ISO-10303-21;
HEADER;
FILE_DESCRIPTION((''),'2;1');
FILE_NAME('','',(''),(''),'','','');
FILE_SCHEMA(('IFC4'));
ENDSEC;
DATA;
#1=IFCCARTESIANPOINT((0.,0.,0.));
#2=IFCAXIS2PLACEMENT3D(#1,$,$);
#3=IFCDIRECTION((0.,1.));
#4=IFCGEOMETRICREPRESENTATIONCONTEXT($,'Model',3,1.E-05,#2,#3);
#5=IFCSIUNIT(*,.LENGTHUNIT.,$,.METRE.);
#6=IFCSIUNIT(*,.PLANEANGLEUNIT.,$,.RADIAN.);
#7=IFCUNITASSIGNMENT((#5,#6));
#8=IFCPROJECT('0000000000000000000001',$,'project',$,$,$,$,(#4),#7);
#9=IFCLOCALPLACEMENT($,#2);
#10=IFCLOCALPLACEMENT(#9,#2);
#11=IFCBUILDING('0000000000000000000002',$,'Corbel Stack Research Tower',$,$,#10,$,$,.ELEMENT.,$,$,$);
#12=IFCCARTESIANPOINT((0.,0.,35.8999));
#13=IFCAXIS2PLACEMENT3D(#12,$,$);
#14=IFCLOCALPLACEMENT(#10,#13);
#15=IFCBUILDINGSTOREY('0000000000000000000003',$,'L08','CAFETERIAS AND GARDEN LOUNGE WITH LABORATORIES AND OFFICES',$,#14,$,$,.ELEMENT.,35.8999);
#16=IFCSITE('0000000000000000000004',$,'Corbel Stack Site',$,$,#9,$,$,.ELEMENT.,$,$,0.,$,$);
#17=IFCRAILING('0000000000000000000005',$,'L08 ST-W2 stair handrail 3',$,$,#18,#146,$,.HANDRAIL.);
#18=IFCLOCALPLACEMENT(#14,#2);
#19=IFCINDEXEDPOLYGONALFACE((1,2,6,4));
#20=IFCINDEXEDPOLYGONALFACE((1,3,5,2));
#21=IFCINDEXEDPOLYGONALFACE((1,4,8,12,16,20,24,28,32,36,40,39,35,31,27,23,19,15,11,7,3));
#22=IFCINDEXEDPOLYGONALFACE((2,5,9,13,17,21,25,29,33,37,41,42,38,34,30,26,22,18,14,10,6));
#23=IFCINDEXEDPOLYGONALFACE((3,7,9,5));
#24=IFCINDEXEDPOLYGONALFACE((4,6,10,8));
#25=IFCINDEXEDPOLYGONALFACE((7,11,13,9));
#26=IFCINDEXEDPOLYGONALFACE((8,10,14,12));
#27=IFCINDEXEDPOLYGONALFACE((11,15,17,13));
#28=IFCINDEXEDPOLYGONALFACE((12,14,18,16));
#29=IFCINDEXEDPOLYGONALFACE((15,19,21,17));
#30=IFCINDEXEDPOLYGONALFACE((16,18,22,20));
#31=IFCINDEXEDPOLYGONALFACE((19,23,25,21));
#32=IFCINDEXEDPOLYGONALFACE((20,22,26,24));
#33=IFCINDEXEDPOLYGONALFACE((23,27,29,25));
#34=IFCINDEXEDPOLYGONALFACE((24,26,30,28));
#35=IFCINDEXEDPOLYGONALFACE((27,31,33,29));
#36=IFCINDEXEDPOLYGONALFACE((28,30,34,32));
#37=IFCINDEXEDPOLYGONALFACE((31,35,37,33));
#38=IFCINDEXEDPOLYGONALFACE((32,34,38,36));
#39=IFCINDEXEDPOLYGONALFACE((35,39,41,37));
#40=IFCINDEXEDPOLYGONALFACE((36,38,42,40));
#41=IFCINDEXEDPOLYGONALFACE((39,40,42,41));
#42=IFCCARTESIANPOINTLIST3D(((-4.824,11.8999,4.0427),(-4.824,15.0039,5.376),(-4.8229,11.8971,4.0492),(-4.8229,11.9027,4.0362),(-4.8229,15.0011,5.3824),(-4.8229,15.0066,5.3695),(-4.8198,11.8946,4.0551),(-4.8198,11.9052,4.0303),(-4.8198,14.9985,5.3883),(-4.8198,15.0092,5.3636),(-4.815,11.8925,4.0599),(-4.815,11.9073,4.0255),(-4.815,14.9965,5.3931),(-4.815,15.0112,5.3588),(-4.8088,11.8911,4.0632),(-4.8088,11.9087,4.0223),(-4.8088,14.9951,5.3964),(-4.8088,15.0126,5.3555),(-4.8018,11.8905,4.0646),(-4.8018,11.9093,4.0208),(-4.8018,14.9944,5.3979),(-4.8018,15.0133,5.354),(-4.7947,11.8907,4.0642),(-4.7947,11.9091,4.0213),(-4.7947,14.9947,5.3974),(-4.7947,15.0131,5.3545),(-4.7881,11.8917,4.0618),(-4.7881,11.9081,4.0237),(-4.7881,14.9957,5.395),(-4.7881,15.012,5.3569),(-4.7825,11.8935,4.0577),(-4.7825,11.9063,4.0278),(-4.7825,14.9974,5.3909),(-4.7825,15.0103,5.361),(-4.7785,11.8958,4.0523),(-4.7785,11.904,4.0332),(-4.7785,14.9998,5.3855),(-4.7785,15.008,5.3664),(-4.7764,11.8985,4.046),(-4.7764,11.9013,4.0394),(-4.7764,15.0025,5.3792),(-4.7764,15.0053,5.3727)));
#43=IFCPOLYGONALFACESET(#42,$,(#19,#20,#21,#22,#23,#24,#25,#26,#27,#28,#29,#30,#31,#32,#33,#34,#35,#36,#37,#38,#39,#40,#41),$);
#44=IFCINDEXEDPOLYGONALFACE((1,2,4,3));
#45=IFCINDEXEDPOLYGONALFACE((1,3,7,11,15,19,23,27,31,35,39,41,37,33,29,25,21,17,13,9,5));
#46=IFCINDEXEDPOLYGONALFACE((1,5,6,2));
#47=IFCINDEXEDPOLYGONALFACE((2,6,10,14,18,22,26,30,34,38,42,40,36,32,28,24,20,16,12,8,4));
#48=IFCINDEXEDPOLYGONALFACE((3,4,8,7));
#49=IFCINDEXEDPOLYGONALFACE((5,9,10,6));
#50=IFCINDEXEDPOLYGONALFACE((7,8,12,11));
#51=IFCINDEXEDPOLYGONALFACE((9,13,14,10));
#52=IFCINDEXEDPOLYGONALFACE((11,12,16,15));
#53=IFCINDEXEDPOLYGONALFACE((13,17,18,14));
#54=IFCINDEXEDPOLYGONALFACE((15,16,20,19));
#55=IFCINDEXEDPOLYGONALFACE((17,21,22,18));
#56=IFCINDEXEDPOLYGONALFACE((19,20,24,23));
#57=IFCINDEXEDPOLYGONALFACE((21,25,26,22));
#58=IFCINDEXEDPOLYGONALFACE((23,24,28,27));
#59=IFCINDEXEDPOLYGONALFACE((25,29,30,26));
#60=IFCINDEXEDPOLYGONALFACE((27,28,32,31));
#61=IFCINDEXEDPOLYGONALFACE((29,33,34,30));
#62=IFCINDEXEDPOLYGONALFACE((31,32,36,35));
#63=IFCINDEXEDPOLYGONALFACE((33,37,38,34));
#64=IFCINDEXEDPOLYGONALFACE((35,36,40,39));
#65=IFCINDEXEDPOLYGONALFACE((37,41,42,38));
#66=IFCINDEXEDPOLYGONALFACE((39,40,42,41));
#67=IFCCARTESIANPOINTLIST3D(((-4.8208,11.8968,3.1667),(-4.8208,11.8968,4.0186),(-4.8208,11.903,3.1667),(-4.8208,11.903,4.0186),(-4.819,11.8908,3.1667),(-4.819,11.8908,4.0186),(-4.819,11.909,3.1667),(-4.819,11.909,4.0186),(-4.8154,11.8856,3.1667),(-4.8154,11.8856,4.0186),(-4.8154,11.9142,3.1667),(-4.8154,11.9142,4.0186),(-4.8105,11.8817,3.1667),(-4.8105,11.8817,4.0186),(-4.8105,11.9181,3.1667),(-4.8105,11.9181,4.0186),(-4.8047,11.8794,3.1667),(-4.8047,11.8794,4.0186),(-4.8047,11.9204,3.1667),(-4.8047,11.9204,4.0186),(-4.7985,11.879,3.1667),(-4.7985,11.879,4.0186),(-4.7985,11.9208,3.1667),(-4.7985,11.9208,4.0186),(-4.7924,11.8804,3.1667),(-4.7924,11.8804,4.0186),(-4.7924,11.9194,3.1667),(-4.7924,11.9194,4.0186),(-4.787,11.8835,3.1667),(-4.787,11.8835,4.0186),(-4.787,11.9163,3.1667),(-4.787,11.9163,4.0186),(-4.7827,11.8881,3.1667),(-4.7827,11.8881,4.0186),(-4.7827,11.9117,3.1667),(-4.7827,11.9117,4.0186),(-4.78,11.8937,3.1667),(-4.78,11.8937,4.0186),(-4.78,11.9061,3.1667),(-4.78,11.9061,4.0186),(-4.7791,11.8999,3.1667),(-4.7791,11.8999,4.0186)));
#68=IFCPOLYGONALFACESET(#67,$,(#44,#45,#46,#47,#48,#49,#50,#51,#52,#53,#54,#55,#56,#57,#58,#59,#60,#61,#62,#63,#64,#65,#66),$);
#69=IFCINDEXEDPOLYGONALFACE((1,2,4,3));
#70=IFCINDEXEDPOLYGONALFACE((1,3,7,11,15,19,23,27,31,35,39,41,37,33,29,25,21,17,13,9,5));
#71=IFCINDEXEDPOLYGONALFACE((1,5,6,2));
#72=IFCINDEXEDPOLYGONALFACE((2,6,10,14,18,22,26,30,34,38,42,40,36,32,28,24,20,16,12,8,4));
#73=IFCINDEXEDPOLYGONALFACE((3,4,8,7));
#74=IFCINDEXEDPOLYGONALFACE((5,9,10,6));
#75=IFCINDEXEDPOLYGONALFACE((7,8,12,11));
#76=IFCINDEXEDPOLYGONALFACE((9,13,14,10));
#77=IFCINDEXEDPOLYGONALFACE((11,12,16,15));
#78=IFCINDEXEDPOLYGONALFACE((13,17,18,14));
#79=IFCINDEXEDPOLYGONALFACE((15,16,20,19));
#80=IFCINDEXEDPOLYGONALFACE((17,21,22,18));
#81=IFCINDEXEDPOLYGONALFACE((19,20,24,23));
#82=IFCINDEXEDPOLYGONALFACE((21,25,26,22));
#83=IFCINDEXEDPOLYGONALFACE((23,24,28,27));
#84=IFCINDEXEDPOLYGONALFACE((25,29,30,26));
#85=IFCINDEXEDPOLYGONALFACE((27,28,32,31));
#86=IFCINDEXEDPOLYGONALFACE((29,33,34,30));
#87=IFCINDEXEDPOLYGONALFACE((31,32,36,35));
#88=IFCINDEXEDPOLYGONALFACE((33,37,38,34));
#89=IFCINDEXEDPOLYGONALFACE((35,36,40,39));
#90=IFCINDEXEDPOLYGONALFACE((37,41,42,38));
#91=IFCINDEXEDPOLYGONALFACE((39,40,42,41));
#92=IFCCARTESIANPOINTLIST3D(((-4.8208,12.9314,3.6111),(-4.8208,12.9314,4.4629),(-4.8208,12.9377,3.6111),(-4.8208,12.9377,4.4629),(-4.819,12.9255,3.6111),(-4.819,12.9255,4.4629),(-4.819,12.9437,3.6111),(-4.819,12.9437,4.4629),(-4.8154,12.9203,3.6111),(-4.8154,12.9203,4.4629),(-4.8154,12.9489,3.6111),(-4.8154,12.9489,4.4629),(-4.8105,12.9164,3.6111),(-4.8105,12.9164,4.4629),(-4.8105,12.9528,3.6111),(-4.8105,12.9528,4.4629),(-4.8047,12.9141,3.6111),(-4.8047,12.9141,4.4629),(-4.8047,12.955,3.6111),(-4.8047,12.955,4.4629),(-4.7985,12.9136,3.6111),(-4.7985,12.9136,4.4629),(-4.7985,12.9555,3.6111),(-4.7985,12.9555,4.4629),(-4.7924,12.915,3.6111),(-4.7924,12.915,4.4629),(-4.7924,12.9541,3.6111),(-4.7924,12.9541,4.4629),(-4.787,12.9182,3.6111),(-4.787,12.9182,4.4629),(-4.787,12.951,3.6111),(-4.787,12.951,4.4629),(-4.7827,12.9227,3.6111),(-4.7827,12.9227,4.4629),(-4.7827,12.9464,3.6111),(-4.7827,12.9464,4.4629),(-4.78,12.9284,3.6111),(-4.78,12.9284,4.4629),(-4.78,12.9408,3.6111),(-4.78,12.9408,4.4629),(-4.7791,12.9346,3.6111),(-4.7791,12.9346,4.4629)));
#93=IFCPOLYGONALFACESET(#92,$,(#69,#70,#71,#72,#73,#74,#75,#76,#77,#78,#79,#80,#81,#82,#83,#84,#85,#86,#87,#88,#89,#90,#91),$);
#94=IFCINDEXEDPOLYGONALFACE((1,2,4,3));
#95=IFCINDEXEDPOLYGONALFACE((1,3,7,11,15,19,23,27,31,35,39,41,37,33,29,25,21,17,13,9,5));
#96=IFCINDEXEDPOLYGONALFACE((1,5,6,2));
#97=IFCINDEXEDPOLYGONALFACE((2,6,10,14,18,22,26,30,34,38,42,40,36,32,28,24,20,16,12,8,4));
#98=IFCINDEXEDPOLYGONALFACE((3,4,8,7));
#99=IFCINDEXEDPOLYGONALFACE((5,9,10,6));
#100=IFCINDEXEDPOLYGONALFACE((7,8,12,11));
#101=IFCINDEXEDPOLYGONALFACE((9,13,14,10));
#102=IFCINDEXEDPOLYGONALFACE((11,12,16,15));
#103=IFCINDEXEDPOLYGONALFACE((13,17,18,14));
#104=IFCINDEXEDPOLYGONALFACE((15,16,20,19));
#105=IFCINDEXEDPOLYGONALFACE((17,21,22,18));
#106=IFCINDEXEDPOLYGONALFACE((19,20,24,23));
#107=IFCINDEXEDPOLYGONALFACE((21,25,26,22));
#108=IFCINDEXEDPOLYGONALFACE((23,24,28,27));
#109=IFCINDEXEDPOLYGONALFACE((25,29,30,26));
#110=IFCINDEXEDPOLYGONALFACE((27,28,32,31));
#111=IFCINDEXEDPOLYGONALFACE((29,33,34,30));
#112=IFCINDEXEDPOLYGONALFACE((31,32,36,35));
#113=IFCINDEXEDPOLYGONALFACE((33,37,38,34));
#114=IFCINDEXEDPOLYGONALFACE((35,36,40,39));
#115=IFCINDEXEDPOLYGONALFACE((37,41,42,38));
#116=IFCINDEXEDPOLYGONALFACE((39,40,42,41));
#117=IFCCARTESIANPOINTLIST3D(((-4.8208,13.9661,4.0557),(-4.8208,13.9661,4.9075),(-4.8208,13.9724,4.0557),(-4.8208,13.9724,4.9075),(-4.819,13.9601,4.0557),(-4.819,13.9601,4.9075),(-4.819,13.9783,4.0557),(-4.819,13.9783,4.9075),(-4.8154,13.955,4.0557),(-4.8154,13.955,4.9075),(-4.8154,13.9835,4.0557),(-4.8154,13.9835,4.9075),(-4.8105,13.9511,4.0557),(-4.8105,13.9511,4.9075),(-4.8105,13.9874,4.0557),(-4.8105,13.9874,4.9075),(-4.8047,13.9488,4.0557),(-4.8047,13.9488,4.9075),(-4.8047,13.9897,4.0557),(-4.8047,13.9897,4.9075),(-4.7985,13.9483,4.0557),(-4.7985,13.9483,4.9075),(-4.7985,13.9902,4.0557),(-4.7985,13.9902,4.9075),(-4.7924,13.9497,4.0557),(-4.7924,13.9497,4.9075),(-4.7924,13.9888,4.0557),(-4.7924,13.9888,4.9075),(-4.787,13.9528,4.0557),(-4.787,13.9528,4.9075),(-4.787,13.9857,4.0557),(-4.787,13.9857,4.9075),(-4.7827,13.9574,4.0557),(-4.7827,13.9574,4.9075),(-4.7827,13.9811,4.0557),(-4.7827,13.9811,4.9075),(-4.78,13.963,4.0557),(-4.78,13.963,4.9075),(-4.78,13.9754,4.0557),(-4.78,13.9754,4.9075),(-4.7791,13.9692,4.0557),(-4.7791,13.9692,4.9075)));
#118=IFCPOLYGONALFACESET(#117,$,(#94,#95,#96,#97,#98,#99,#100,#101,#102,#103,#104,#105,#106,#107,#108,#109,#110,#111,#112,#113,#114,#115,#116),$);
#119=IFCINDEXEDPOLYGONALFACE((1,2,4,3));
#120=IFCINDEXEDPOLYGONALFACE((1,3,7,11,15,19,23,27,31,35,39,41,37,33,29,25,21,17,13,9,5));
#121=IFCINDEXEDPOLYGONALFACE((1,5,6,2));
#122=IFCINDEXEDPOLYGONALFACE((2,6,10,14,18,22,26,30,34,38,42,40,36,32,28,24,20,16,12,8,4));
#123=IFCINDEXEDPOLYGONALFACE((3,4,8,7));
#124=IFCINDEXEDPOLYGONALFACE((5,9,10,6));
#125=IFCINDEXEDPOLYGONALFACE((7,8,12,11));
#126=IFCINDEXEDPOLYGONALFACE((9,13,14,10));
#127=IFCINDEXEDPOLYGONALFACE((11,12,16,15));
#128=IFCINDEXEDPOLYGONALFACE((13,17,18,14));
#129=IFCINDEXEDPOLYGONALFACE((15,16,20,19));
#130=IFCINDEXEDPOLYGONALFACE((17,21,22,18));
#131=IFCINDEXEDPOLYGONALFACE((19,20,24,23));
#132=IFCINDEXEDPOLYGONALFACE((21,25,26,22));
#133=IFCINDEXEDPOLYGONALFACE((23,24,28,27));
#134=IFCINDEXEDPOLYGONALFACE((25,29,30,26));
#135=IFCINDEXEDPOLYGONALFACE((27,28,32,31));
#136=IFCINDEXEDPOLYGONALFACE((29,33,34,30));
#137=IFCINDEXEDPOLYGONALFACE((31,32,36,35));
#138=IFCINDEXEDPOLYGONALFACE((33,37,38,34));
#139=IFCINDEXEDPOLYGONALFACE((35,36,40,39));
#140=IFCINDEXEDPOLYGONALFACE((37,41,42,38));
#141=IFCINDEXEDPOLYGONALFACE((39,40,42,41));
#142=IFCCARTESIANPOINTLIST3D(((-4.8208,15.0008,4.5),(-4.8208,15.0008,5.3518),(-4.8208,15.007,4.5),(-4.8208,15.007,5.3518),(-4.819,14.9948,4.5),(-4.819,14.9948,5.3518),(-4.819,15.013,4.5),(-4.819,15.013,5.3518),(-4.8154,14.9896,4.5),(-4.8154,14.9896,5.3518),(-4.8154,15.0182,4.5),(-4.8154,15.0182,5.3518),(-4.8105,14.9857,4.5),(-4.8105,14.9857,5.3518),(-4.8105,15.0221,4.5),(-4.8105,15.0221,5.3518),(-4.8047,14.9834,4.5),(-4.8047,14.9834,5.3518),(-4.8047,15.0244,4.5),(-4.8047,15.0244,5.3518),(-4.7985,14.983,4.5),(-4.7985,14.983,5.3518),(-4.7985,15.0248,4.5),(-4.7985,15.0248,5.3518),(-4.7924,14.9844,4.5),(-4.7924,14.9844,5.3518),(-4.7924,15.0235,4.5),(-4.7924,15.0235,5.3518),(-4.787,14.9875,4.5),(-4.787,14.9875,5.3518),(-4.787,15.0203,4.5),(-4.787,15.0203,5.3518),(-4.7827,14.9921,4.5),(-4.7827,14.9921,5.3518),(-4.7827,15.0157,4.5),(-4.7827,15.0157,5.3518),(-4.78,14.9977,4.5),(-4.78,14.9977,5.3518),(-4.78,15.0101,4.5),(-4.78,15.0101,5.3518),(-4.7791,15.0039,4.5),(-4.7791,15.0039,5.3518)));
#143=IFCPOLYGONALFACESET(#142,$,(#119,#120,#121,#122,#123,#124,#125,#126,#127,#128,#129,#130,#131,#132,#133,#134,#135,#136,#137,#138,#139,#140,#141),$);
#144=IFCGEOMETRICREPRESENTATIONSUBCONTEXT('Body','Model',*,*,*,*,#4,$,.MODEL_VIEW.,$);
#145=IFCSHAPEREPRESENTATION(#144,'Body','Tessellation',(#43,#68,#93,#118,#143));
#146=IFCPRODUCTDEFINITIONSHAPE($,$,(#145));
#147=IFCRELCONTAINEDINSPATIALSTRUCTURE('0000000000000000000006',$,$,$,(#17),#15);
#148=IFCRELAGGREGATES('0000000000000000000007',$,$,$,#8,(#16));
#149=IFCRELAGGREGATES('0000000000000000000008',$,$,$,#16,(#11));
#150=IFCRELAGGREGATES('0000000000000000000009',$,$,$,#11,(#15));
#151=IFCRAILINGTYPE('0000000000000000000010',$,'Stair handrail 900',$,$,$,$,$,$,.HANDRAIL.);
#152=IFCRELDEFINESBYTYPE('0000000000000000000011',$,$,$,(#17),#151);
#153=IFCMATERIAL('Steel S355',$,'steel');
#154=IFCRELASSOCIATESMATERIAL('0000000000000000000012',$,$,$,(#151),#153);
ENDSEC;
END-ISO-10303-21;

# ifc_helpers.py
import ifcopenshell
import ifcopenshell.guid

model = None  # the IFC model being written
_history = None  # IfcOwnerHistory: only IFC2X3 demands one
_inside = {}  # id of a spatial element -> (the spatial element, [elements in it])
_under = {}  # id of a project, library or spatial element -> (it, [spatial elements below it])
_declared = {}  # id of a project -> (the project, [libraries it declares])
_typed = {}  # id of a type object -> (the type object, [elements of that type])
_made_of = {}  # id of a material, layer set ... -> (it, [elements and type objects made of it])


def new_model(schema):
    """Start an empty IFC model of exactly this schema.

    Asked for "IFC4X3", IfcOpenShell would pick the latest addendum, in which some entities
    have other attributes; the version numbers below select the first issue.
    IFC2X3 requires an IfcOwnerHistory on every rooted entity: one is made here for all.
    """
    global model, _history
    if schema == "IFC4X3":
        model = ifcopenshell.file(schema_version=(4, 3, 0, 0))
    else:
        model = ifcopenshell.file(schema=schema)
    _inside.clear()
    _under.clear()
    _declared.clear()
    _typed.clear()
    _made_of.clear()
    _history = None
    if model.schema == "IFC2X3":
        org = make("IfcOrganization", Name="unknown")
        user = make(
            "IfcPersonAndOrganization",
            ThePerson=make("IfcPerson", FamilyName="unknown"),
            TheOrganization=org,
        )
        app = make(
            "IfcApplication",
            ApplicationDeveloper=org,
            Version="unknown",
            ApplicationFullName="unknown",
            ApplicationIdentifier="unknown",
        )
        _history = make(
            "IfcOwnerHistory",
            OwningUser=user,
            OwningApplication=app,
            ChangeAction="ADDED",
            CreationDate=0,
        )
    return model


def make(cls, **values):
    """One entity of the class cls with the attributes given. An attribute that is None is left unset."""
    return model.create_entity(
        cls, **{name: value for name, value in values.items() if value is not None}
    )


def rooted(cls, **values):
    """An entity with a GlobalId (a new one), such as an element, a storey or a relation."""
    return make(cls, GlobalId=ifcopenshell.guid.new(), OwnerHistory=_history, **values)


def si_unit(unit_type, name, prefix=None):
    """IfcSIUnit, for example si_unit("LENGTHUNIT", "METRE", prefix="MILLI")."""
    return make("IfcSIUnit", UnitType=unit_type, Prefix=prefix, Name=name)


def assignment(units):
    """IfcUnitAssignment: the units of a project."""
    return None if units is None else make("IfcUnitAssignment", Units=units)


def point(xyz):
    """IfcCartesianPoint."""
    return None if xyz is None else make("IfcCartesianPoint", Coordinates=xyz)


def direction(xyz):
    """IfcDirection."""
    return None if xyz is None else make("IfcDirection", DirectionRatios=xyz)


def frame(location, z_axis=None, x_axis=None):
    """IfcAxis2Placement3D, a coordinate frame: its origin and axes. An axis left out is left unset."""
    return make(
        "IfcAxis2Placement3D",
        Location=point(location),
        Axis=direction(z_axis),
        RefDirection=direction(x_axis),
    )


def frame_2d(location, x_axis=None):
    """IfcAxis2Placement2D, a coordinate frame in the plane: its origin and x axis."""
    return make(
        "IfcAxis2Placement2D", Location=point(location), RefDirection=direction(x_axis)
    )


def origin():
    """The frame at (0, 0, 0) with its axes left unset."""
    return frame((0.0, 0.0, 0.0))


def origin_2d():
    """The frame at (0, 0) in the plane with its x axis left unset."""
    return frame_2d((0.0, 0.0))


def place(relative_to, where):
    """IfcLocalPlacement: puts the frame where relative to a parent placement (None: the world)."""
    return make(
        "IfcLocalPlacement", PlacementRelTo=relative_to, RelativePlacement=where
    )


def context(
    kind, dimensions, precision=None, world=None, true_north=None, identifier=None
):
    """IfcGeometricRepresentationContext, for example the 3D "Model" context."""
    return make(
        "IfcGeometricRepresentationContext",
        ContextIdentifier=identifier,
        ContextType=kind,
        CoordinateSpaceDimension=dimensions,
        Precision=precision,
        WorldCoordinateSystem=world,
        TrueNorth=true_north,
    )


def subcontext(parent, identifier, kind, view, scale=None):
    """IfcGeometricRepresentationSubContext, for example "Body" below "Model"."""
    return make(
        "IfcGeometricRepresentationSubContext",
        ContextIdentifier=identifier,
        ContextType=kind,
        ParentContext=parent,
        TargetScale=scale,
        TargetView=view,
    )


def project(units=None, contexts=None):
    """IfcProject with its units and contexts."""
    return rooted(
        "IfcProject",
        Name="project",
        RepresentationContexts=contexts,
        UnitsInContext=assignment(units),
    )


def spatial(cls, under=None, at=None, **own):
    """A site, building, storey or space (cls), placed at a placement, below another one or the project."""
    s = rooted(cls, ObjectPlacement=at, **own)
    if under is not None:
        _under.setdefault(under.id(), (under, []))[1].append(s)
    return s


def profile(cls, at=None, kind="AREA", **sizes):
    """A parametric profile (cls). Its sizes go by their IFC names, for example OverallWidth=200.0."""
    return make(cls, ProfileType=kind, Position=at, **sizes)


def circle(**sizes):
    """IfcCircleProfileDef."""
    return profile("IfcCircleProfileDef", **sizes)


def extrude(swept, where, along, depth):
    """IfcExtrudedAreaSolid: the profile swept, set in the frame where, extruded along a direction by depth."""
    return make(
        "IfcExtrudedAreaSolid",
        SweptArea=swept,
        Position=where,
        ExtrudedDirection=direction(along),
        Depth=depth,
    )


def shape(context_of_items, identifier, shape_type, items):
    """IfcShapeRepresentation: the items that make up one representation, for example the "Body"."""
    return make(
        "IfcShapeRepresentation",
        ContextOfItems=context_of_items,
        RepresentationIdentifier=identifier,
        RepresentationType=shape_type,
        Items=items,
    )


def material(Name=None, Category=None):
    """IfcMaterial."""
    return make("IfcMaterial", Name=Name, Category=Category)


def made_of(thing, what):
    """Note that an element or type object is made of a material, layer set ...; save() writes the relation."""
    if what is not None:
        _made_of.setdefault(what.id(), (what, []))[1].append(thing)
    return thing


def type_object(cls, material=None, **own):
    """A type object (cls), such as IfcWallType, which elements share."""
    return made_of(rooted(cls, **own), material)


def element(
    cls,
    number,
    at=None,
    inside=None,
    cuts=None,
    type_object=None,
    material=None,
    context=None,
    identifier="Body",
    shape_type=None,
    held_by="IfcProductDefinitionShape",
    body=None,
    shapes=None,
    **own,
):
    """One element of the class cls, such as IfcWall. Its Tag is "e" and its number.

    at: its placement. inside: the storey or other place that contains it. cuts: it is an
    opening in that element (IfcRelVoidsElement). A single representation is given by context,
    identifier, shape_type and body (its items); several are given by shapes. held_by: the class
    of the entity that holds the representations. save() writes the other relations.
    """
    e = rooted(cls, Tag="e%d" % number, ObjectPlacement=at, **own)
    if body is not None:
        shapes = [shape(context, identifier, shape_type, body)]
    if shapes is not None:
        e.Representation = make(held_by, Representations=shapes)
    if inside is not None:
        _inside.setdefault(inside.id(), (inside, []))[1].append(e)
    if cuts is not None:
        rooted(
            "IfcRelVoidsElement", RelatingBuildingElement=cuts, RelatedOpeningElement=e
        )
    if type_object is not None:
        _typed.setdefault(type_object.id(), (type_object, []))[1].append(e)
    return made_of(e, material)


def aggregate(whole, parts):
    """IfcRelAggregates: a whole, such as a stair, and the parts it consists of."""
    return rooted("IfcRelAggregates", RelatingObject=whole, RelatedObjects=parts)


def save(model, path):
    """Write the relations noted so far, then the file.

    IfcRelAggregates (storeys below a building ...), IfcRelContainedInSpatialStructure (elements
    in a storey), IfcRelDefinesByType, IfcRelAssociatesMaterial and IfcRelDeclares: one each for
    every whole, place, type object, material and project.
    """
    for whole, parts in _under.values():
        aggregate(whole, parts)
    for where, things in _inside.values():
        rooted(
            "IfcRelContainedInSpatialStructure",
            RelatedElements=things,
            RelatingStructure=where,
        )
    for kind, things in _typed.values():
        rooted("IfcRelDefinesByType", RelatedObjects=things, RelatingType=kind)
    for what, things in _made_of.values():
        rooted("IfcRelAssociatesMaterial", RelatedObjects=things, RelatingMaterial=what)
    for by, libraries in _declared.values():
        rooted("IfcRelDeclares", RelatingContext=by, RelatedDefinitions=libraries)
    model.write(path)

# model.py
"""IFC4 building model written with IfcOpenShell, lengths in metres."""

from ifc_helpers import new_model, si_unit, direction, frame, origin, origin_2d, place, context, subcontext, project, spatial, circle, extrude, material, type_object, element, save


model = new_model("IFC4")

# Units and contexts
model_context = context("Model", 3, precision=1e-05, world=origin(), true_north=direction((0.0, 1.0)))
body_context = subcontext(model_context, "Body", "Model", "MODEL_VIEW")
ifc_project = project(units=[si_unit("LENGTHUNIT", "METRE"), si_unit("PLANEANGLEUNIT", "RADIAN")], contexts=[model_context])

# Site, building, storey
site_placement = place(None, origin())
site = spatial("IfcSite", under=ifc_project, at=site_placement, Name="Corbel Stack Site", CompositionType="ELEMENT", RefElevation=0.0)
building_placement = place(site_placement, origin())
building = spatial("IfcBuilding", under=site, at=building_placement, Name="Corbel Stack Research Tower", CompositionType="ELEMENT")
storey_placement = place(building_placement, frame((0.0, 0.0, 35.8999)))
storey = spatial("IfcBuildingStorey", under=building, at=storey_placement, Name="L08", Description="CAFETERIAS AND GARDEN LOUNGE WITH LABORATORIES AND OFFICES", CompositionType="ELEMENT", Elevation=35.8999)

# Railing
ifc_material_1 = material(Name="Steel S355", Category="steel")
railing_type_1 = type_object("IfcRailingType", Name="Stair handrail 900", PredefinedType="HANDRAIL", material=ifc_material_1)
railing_1_placement = place(storey_placement, frame((-4.8, 11.8999, 3.1667)))
element("IfcRailing", 1, at=railing_1_placement, inside=storey, type_object=railing_type_1, Name="L08 ST-W2 stair handrail 3", PredefinedType="HANDRAIL", context=body_context, shape_type="SweptSolid", body=[
    extrude(circle(Radius=0.0239, at=origin_2d()), frame((0.0, 0.0, 0.876), z_axis=(0.0, 0.918827, 0.394661), x_axis=(-1.0, 0.0, 0.0)), (0.0, 0.0, 1.0), 3.3782),
    extrude(circle(Radius=0.021, at=origin_2d()), origin(), (0.0, 0.0, 1.0), 0.8518),
    extrude(circle(Radius=0.021, at=origin_2d()), frame((0.0, 1.0347, 0.4443)), (0.0, 0.0, 1.0), 0.8518),
    extrude(circle(Radius=0.021, at=origin_2d()), frame((0.0, 2.0693, 0.8889)), (0.0, 0.0, 1.0), 0.8518),
    extrude(circle(Radius=0.021, at=origin_2d()), frame((0.0, 3.104, 1.3333)), (0.0, 0.0, 1.0), 0.8518),
])

save(model, "model.ifc")
